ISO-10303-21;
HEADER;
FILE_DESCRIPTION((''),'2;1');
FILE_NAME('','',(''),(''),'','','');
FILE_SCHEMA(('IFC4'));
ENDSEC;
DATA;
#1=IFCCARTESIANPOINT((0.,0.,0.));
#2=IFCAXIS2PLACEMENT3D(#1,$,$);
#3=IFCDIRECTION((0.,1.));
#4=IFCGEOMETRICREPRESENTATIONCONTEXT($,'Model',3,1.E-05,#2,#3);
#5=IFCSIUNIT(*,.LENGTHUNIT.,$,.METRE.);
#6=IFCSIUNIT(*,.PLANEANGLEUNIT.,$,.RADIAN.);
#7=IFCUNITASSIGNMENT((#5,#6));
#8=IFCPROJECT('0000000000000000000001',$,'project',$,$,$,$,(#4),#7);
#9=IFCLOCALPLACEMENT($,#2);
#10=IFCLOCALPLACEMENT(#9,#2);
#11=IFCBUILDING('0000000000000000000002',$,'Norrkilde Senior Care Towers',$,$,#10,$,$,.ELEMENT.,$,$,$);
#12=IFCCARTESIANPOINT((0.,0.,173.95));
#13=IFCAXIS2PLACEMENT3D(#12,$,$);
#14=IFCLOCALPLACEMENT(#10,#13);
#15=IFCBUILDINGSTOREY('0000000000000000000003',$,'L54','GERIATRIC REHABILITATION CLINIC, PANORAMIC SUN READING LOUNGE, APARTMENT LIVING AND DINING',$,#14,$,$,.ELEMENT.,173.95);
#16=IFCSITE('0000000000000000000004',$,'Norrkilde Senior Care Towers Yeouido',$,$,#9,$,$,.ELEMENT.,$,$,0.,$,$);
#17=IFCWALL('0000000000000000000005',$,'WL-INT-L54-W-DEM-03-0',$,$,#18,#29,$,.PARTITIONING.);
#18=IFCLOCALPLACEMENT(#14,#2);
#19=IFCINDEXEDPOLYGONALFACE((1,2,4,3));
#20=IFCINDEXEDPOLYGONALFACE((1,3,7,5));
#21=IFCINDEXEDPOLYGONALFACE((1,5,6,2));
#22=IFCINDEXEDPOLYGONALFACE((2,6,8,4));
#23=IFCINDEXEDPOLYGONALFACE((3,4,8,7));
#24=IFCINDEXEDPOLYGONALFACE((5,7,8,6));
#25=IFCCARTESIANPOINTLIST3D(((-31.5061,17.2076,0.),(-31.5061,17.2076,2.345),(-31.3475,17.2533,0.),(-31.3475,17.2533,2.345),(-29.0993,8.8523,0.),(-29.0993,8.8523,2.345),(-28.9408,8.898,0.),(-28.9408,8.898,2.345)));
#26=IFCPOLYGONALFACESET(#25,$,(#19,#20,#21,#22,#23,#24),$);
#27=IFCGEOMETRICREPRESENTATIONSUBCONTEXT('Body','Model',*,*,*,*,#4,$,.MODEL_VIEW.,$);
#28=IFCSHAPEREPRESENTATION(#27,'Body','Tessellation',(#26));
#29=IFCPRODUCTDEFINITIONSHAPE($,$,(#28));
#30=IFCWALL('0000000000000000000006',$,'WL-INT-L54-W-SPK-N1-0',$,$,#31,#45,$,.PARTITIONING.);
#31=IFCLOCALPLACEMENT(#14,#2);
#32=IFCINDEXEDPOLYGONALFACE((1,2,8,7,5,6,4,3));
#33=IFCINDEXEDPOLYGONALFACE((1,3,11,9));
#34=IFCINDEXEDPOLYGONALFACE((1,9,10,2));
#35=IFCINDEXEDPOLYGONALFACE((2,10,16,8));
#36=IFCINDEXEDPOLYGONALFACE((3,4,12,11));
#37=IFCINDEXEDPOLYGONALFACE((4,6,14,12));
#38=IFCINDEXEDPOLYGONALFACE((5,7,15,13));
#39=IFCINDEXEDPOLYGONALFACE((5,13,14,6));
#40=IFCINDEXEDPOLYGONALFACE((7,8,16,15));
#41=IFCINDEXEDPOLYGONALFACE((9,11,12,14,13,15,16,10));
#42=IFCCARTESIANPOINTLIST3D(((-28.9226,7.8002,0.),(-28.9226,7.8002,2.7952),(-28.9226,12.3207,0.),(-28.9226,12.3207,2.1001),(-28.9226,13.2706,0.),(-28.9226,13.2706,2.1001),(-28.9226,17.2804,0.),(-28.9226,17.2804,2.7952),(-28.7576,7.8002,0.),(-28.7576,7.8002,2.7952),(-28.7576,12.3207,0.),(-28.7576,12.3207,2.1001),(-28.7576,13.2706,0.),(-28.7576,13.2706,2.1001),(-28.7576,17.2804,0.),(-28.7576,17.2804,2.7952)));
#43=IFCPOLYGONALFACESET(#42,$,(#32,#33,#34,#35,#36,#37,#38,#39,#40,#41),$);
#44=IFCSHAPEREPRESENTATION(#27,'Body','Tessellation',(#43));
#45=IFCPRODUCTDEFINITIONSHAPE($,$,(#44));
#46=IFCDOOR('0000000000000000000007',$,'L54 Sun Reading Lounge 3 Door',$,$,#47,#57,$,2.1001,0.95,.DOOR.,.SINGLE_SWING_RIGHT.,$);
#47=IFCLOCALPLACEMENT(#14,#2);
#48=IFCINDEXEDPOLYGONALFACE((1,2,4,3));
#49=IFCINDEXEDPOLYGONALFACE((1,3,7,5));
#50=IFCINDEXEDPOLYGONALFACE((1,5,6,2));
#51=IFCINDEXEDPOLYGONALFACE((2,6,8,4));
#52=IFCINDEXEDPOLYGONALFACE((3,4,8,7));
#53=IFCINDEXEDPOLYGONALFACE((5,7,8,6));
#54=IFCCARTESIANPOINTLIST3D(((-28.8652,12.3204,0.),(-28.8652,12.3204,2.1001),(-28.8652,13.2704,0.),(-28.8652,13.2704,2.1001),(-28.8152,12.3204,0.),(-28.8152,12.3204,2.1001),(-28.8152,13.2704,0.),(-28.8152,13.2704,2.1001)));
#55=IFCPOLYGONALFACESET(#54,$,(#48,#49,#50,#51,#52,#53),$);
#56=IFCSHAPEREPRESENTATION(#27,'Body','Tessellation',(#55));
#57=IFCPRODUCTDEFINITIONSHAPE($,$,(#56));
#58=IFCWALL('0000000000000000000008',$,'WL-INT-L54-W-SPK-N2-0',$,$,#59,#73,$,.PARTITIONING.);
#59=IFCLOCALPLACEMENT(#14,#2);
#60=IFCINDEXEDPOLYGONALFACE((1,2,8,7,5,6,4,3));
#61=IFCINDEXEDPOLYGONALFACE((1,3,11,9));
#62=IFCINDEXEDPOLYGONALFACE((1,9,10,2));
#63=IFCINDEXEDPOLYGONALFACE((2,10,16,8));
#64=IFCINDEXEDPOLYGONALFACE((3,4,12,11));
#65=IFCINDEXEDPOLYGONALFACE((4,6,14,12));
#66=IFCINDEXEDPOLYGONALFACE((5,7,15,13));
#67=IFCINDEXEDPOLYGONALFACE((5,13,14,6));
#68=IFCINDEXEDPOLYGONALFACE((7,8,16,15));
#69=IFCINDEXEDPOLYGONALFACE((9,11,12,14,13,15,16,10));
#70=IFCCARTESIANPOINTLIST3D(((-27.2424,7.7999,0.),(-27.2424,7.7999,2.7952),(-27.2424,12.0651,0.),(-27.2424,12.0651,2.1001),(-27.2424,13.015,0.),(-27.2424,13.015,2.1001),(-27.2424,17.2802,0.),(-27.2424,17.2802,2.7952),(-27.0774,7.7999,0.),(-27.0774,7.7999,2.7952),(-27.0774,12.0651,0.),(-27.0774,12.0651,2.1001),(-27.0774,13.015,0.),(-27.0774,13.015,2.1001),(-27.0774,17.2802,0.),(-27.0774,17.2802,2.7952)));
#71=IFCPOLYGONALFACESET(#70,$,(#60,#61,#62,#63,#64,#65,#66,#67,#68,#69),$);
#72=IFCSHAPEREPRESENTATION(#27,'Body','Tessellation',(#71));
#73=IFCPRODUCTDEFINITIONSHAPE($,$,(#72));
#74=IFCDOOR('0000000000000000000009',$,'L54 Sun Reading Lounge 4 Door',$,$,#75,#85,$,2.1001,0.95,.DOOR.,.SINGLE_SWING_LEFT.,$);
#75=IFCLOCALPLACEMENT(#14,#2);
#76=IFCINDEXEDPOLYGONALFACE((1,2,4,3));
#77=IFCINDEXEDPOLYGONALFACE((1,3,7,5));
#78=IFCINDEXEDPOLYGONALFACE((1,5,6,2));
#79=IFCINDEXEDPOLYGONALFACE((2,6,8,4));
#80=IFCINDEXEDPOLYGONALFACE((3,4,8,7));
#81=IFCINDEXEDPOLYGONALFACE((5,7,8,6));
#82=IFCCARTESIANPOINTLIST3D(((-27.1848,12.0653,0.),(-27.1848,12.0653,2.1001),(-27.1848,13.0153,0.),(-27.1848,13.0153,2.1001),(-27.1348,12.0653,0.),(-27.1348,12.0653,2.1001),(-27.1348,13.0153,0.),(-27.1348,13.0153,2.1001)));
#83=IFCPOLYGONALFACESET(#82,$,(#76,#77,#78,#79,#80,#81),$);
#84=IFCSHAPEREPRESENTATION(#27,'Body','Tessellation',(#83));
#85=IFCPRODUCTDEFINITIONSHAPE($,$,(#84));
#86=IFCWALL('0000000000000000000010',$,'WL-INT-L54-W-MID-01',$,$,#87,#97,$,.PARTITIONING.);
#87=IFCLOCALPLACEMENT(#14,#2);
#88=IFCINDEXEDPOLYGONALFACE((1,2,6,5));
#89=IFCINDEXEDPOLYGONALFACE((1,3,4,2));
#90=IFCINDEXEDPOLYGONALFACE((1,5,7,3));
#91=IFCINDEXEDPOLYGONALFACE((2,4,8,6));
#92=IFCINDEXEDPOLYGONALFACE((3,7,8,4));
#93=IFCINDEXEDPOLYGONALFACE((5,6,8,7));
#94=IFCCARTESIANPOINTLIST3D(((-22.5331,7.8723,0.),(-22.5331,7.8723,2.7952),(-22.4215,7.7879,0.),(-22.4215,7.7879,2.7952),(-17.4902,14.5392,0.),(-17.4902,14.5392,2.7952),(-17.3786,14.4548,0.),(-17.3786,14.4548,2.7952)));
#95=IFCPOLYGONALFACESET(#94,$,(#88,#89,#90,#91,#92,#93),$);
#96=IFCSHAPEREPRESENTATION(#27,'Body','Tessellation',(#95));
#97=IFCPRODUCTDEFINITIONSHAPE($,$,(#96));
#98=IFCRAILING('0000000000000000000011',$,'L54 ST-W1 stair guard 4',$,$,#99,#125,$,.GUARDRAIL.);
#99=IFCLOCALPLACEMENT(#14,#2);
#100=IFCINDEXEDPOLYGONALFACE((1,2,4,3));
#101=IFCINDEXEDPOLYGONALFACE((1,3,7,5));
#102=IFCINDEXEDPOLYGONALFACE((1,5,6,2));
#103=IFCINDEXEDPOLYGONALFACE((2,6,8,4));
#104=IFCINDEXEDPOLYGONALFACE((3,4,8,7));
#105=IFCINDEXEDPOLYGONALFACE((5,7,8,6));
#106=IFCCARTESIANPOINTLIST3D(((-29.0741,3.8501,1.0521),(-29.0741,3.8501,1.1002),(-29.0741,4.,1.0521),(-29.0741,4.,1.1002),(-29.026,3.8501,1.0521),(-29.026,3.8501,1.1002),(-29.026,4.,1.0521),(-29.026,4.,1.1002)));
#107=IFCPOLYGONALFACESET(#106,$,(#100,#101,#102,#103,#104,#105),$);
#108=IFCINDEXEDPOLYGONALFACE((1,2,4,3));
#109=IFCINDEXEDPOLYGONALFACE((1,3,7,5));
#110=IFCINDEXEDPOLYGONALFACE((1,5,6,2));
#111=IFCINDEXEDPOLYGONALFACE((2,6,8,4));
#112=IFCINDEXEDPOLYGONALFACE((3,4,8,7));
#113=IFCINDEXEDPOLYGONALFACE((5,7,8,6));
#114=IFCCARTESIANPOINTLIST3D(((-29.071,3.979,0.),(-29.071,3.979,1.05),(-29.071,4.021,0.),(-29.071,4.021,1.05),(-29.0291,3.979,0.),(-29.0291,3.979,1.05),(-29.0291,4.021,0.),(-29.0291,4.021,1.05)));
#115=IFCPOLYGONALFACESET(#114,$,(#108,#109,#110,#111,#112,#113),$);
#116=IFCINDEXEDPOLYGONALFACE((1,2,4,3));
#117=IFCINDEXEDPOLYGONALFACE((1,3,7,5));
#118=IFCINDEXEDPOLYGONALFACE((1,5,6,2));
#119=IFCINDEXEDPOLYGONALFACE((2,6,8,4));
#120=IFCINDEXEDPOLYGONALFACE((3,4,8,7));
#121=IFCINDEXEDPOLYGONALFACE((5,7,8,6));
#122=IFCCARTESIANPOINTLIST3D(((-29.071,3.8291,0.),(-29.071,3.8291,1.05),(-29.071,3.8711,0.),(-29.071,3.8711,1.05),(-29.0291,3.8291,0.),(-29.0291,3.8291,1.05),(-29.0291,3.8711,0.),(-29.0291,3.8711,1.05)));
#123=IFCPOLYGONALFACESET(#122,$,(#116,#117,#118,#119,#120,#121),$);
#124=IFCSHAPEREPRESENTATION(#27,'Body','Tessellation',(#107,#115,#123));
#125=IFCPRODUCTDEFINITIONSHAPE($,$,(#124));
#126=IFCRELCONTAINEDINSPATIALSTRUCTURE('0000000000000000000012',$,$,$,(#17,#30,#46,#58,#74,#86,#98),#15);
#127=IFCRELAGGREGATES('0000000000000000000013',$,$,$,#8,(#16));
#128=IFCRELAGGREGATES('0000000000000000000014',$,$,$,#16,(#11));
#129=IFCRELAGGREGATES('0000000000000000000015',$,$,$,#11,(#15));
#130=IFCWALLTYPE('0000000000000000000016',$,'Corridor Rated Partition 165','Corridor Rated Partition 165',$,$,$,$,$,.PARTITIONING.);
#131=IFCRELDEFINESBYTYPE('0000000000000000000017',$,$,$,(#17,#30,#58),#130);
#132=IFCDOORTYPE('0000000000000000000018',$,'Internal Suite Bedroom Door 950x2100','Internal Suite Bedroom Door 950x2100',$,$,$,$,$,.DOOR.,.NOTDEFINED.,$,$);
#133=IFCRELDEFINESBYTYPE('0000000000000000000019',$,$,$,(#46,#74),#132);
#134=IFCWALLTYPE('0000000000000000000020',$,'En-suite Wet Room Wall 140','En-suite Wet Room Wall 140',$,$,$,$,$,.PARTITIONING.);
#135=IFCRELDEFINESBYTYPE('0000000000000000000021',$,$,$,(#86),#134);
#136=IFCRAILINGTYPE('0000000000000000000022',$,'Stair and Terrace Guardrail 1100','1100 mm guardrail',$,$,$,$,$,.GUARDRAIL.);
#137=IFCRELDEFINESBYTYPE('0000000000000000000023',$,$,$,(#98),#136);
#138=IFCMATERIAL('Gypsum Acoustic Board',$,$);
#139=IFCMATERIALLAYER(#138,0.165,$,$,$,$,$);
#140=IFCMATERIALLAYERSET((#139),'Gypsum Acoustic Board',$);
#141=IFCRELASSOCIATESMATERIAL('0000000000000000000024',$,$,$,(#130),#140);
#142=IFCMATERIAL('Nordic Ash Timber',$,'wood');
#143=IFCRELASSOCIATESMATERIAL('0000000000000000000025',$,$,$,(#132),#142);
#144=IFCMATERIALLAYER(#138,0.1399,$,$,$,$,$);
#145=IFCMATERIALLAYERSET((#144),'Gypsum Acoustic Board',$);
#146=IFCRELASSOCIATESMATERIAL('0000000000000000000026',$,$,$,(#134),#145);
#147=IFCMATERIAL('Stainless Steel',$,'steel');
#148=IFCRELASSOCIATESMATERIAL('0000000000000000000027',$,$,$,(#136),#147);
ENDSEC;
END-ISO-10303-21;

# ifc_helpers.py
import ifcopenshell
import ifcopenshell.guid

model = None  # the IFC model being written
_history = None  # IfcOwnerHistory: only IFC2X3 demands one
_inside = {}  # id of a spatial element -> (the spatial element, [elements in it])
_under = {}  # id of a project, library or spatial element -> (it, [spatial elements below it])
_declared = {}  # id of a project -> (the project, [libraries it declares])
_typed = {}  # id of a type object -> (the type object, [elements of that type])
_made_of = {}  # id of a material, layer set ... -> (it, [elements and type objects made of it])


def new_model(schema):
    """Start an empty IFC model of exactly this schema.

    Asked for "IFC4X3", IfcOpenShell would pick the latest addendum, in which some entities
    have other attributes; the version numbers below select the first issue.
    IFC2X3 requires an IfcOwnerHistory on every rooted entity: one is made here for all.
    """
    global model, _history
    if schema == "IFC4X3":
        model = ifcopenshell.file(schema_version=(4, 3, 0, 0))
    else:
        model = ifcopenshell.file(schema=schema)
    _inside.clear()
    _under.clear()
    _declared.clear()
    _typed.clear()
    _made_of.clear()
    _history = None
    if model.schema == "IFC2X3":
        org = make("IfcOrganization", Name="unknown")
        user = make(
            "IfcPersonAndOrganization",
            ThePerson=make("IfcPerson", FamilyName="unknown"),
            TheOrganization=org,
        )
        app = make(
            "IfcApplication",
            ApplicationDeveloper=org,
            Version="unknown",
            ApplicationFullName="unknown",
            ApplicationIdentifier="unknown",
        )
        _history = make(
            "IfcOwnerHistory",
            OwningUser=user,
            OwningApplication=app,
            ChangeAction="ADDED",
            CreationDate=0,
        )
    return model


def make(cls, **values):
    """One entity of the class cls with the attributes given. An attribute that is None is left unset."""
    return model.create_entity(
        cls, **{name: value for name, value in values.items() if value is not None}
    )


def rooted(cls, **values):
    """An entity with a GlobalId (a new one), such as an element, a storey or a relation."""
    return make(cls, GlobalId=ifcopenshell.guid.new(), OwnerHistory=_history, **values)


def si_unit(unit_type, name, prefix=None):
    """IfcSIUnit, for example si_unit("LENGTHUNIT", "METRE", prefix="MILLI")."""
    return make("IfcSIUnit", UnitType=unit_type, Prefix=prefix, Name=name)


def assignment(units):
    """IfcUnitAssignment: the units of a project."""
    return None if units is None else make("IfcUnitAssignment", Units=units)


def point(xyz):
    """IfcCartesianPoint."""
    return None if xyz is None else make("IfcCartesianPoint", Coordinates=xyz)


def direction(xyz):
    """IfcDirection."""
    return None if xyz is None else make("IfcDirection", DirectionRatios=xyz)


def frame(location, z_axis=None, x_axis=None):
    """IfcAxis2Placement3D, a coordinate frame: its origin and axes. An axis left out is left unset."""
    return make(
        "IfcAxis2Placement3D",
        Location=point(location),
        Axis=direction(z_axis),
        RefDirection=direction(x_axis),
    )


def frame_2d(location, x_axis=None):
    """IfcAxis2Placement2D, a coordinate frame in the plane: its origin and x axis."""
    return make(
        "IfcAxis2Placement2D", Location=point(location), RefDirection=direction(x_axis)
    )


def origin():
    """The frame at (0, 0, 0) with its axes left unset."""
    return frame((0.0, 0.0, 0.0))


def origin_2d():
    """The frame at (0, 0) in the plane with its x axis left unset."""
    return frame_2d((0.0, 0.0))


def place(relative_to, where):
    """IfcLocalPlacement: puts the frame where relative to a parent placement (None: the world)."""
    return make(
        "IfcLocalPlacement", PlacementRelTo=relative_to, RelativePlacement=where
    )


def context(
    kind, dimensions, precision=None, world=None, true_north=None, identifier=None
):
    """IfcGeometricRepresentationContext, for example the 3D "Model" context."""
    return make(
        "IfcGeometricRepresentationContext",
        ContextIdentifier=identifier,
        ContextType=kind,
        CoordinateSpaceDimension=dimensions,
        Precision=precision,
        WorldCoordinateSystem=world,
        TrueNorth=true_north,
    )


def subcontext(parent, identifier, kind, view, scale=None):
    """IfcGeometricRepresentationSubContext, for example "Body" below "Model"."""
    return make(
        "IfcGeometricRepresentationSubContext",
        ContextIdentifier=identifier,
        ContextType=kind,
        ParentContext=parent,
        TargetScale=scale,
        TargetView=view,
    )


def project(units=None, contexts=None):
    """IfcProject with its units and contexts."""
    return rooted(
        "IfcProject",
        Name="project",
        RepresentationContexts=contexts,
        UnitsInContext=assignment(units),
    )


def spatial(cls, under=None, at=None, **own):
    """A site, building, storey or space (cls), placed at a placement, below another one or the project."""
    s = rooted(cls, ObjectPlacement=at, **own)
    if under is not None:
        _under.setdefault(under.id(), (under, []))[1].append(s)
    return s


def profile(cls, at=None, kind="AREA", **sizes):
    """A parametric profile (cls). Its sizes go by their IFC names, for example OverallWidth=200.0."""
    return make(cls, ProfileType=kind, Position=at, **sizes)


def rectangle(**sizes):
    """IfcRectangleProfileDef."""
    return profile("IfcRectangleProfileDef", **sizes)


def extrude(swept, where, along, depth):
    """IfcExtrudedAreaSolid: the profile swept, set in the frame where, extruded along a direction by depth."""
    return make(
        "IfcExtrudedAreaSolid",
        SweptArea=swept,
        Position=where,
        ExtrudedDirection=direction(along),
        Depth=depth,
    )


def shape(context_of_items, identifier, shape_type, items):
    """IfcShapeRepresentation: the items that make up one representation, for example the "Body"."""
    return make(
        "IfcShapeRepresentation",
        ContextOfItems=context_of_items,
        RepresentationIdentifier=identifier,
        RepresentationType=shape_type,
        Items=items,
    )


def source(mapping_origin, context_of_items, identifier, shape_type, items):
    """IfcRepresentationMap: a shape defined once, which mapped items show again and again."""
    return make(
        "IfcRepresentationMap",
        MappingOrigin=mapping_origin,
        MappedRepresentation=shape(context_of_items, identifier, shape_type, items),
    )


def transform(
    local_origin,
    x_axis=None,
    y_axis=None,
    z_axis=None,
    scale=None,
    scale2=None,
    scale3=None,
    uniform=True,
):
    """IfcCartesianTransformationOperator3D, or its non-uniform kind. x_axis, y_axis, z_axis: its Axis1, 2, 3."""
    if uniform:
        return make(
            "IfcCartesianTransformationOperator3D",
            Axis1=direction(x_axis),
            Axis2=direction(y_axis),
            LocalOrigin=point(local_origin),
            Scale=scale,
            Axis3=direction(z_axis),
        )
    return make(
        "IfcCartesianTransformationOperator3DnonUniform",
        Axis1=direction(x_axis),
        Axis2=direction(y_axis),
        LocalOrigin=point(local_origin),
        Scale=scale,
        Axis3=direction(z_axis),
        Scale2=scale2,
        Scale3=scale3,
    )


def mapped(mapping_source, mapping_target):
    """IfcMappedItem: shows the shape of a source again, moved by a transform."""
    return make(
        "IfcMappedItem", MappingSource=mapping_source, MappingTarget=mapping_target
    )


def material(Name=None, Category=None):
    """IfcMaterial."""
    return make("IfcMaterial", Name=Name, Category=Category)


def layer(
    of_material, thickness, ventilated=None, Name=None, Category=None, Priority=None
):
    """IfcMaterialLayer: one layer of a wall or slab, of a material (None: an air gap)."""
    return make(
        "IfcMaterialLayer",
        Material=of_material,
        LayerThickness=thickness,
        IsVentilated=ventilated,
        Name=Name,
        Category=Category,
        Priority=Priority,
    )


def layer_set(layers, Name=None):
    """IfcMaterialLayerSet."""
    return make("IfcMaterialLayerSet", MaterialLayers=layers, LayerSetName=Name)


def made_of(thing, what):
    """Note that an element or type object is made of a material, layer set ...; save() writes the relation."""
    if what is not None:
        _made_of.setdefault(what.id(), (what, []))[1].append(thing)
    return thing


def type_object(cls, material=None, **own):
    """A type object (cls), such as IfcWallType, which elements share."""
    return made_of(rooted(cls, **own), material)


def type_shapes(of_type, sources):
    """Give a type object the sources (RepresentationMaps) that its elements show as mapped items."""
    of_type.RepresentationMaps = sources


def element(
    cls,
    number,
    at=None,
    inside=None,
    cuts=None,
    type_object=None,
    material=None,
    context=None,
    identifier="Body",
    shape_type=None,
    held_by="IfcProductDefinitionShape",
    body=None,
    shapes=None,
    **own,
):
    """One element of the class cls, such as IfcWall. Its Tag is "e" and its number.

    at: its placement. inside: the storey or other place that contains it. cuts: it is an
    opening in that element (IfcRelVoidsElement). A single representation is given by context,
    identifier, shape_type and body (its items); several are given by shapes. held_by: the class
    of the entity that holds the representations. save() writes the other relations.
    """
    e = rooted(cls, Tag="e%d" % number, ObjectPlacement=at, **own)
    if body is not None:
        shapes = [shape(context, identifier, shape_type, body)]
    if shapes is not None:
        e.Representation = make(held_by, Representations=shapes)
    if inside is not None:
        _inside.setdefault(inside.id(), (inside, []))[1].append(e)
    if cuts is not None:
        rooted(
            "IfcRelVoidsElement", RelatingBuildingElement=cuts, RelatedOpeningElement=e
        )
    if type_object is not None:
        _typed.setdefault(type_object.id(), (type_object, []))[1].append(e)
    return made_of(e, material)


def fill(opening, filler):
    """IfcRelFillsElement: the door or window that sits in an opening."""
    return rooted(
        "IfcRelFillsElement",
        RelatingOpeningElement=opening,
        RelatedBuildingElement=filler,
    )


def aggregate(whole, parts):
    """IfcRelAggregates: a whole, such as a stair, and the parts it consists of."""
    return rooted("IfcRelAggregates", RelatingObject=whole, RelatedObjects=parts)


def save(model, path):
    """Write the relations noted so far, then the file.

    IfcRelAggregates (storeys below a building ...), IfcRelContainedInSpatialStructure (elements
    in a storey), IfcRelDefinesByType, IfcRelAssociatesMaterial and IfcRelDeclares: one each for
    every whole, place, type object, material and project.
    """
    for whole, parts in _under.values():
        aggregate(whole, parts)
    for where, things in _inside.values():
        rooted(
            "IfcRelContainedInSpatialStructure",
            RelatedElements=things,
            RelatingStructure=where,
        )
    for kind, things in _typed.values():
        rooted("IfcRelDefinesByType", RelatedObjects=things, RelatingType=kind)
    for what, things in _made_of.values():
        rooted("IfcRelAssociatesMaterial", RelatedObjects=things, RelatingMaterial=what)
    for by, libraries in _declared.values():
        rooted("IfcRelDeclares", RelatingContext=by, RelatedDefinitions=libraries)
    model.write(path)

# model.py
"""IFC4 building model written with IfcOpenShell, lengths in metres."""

from ifc_helpers import new_model, si_unit, direction, frame, frame_2d, origin, origin_2d, place, context, subcontext, project, spatial, rectangle, extrude, source, transform, mapped, material, layer, layer_set, type_object, type_shapes, element, fill, save


model = new_model("IFC4")

# Units and contexts
model_context = context("Model", 3, precision=1e-05, world=origin(), true_north=direction((0.0, 1.0)))
body_context = subcontext(model_context, "Body", "Model", "MODEL_VIEW")
ifc_project = project(units=[si_unit("LENGTHUNIT", "METRE"), si_unit("PLANEANGLEUNIT", "RADIAN")], contexts=[model_context])

# Site, building, storey
site_placement = place(None, origin())
site = spatial("IfcSite", under=ifc_project, at=site_placement, Name="Norrkilde Senior Care Towers Yeouido", CompositionType="ELEMENT", RefElevation=0.0)
building_placement = place(site_placement, origin())
building = spatial("IfcBuilding", under=site, at=building_placement, Name="Norrkilde Senior Care Towers", CompositionType="ELEMENT")
storey_placement = place(building_placement, frame((0.0, 0.0, 173.95)))
storey = spatial("IfcBuildingStorey", under=building, at=storey_placement, Name="L54", Description="GERIATRIC REHABILITATION CLINIC, PANORAMIC SUN READING LOUNGE, APARTMENT LIVING AND DINING", CompositionType="ELEMENT", Elevation=173.95)

# Shared definitions
ifc_material_1 = material(Name="Gypsum Acoustic Board")
ifc_layer_1 = layer(ifc_material_1, 0.165)
ifc_layer_set_1 = layer_set([ifc_layer_1], Name="Gypsum Acoustic Board")
wall_type_1 = type_object("IfcWallType", Name="Corridor Rated Partition 165", Description="Corridor Rated Partition 165", PredefinedType="PARTITIONING", material=ifc_layer_set_1)

# Shared definitions
ifc_material_2 = material(Name="Nordic Ash Timber", Category="wood")

# Wall
shared_shape_1 = source(origin(), body_context, "Body", "SweptSolid", [
    extrude(rectangle(XDim=8.6951, YDim=0.165, at=frame_2d((4.3477, 0.0))), origin(), (0.0, 0.0, 1.0), 2.345),
])
wall_1_placement = place(storey_placement, frame((-29.02, 8.875, 0.0), z_axis=(0.0, 0.0, 1.0), x_axis=(-0.276797, 0.960928, 0.0)))
element("IfcWall", 1, at=wall_1_placement, inside=storey, type_object=wall_type_1, Name="WL-INT-L54-W-DEM-03-0", PredefinedType="PARTITIONING", context=body_context, shape_type="MappedRepresentation", body=[
    mapped(shared_shape_1, transform((0.0, 0.0, 0.0), x_axis=(1.0, 0.0, 0.0), y_axis=(0.0, 1.0, 0.0), z_axis=(0.0, 0.0, 1.0), scale=1.0)),
])

# Walls, openings, doors
shared_shape_2 = source(origin(), body_context, "Body", "SweptSolid", [
    extrude(rectangle(XDim=9.4802, YDim=0.165, at=frame_2d((4.7402, 0.0))), origin(), (0.0, 0.0, 1.0), 2.7952),
])
wall_2_placement = place(storey_placement, frame((-28.8401, 7.8, 0.0), z_axis=(0.0, 0.0, 1.0), x_axis=(0.0, 1.0, 0.0)))
wall_2 = element("IfcWall", 2, at=wall_2_placement, inside=storey, type_object=wall_type_1, Name="WL-INT-L54-W-SPK-N1-0", PredefinedType="PARTITIONING", context=body_context, shape_type="MappedRepresentation", body=[
    mapped(shared_shape_2, transform((0.0, 0.0, 0.0), x_axis=(1.0, 0.0, 0.0), y_axis=(0.0, 1.0, 0.0), z_axis=(0.0, 0.0, 1.0), scale=1.0)),
])
opening_1_placement = place(wall_2_placement, frame((4.5205, 0.0, 0.0)))
opening_1 = element("IfcOpeningElement", 3, at=opening_1_placement, cuts=wall_2, PredefinedType="OPENING", context=body_context, shape_type="SweptSolid", body=[
    extrude(rectangle(XDim=0.95, YDim=2.1001, at=frame_2d((0.4751, 1.05))), frame((0.0, 0.0925, 0.0), z_axis=(0.0, -1.0, 0.0), x_axis=(1.0, 0.0, 0.0)), (0.0, 0.0, 1.0), 0.1851),
])
door_type_1 = type_object("IfcDoorType", Name="Internal Suite Bedroom Door 950x2100", Description="Internal Suite Bedroom Door 950x2100", OperationType="NOTDEFINED", PredefinedType="DOOR", material=ifc_material_2)
shared_shape_3 = source(origin(), body_context, "Body", "SweptSolid", [
    extrude(rectangle(XDim=0.95, YDim=2.1001, at=frame_2d((0.4751, 1.05))), frame((0.0, 0.0249, 0.0), z_axis=(0.0, -1.0, 0.0), x_axis=(1.0, 0.0, 0.0)), (0.0, 0.0, 1.0), 0.05),
])
type_shapes(door_type_1, [shared_shape_3])
door_1_placement = place(opening_1_placement, frame((0.95, 0.0, 0.0), z_axis=(0.0, 0.0, 1.0), x_axis=(-1.0, 0.0, 0.0)))
door_1 = element("IfcDoor", 4, at=door_1_placement, inside=storey, type_object=door_type_1, Name="L54 Sun Reading Lounge 3 Door", OperationType="SINGLE_SWING_RIGHT", OverallHeight=2.1001, OverallWidth=0.95, PredefinedType="DOOR", context=body_context, shape_type="MappedRepresentation", body=[
    mapped(shared_shape_3, transform((0.0, 0.0, 0.0), x_axis=(1.0, 0.0, 0.0), y_axis=(0.0, 1.0, 0.0), z_axis=(0.0, 0.0, 1.0), scale=1.0)),
])
fill(opening_1, door_1)
wall_3_placement = place(storey_placement, frame((-27.1599, 17.2803, 0.0), z_axis=(0.0, 0.0, 1.0), x_axis=(0.0, -1.0, 0.0)))
wall_3 = element("IfcWall", 5, at=wall_3_placement, inside=storey, type_object=wall_type_1, Name="WL-INT-L54-W-SPK-N2-0", PredefinedType="PARTITIONING", context=body_context, shape_type="MappedRepresentation", body=[
    mapped(shared_shape_2, transform((0.0, 0.0, 0.0), x_axis=(1.0, 0.0, 0.0), y_axis=(0.0, 1.0, 0.0), z_axis=(0.0, 0.0, 1.0), scale=1.0)),
])
opening_2_placement = place(wall_3_placement, frame((4.2651, 0.0, 0.0)))
opening_2 = element("IfcOpeningElement", 6, at=opening_2_placement, cuts=wall_3, PredefinedType="OPENING", context=body_context, shape_type="SweptSolid", body=[
    extrude(rectangle(XDim=0.95, YDim=2.1001, at=frame_2d((0.4751, 1.05))), frame((0.0, 0.0925, 0.0), z_axis=(0.0, -1.0, 0.0), x_axis=(1.0, 0.0, 0.0)), (0.0, 0.0, 1.0), 0.1851),
])
door_2_placement = place(opening_2_placement, frame((0.95, 0.0, 0.0), z_axis=(0.0, 0.0, 1.0), x_axis=(-1.0, 0.0, 0.0)))
door_2 = element("IfcDoor", 7, at=door_2_placement, inside=storey, type_object=door_type_1, Name="L54 Sun Reading Lounge 4 Door", OperationType="SINGLE_SWING_LEFT", OverallHeight=2.1001, OverallWidth=0.95, PredefinedType="DOOR", context=body_context, shape_type="MappedRepresentation", body=[
    mapped(shared_shape_3, transform((0.0, 0.0, 0.0), x_axis=(1.0, 0.0, 0.0), y_axis=(0.0, 1.0, 0.0), z_axis=(0.0, 0.0, 1.0), scale=1.0)),
])
fill(opening_2, door_2)

# Wall
ifc_layer_2 = layer(ifc_material_1, 0.1399)
ifc_layer_set_2 = layer_set([ifc_layer_2], Name="Gypsum Acoustic Board")
wall_type_2 = type_object("IfcWallType", Name="En-suite Wet Room Wall 140", Description="En-suite Wet Room Wall 140", PredefinedType="PARTITIONING", material=ifc_layer_set_2)
shared_shape_4 = source(origin(), body_context, "Body", "SweptSolid", [
    extrude(rectangle(XDim=8.3594, YDim=0.1399, at=frame_2d((4.1797, 0.0))), origin(), (0.0, 0.0, 1.0), 2.7952),
])
type_shapes(wall_type_2, [shared_shape_4])
wall_4_placement = place(storey_placement, frame((-22.4773, 7.8301, 0.0), z_axis=(0.0, 0.0, 1.0), x_axis=(0.603266, 0.79754, 0.0)))
element("IfcWall", 8, at=wall_4_placement, inside=storey, type_object=wall_type_2, Name="WL-INT-L54-W-MID-01", PredefinedType="PARTITIONING", context=body_context, shape_type="MappedRepresentation", body=[
    mapped(shared_shape_4, transform((0.0, 0.0, 0.0), x_axis=(1.0, 0.0, 0.0), y_axis=(0.0, 1.0, 0.0), z_axis=(0.0, 0.0, 1.0), scale=1.0)),
])

# Railing
ifc_material_3 = material(Name="Stainless Steel", Category="steel")
railing_type = type_object("IfcRailingType", Name="Stair and Terrace Guardrail 1100", Description="1100 mm guardrail", PredefinedType="GUARDRAIL", material=ifc_material_3)
railing_placement = place(storey_placement, frame((-29.05, 4.0, 0.0)))
element("IfcRailing", 9, at=railing_placement, inside=storey, type_object=railing_type, Name="L54 ST-W1 stair guard 4", PredefinedType="GUARDRAIL", context=body_context, shape_type="SweptSolid", body=[
    extrude(rectangle(XDim=0.0481, YDim=0.0481, at=origin_2d()), frame((0.0, 0.0, 1.0762), z_axis=(0.0, -1.0, 0.0), x_axis=(1.0, 0.0, 0.0)), (0.0, 0.0, 1.0), 0.1499),
    extrude(rectangle(XDim=0.042, YDim=0.042, at=origin_2d()), origin(), (0.0, 0.0, 1.0), 1.05),
    extrude(rectangle(XDim=0.042, YDim=0.042, at=origin_2d()), frame((0.0, -0.1499, 0.0)), (0.0, 0.0, 1.0), 1.05),
])

save(model, "model.ifc")
